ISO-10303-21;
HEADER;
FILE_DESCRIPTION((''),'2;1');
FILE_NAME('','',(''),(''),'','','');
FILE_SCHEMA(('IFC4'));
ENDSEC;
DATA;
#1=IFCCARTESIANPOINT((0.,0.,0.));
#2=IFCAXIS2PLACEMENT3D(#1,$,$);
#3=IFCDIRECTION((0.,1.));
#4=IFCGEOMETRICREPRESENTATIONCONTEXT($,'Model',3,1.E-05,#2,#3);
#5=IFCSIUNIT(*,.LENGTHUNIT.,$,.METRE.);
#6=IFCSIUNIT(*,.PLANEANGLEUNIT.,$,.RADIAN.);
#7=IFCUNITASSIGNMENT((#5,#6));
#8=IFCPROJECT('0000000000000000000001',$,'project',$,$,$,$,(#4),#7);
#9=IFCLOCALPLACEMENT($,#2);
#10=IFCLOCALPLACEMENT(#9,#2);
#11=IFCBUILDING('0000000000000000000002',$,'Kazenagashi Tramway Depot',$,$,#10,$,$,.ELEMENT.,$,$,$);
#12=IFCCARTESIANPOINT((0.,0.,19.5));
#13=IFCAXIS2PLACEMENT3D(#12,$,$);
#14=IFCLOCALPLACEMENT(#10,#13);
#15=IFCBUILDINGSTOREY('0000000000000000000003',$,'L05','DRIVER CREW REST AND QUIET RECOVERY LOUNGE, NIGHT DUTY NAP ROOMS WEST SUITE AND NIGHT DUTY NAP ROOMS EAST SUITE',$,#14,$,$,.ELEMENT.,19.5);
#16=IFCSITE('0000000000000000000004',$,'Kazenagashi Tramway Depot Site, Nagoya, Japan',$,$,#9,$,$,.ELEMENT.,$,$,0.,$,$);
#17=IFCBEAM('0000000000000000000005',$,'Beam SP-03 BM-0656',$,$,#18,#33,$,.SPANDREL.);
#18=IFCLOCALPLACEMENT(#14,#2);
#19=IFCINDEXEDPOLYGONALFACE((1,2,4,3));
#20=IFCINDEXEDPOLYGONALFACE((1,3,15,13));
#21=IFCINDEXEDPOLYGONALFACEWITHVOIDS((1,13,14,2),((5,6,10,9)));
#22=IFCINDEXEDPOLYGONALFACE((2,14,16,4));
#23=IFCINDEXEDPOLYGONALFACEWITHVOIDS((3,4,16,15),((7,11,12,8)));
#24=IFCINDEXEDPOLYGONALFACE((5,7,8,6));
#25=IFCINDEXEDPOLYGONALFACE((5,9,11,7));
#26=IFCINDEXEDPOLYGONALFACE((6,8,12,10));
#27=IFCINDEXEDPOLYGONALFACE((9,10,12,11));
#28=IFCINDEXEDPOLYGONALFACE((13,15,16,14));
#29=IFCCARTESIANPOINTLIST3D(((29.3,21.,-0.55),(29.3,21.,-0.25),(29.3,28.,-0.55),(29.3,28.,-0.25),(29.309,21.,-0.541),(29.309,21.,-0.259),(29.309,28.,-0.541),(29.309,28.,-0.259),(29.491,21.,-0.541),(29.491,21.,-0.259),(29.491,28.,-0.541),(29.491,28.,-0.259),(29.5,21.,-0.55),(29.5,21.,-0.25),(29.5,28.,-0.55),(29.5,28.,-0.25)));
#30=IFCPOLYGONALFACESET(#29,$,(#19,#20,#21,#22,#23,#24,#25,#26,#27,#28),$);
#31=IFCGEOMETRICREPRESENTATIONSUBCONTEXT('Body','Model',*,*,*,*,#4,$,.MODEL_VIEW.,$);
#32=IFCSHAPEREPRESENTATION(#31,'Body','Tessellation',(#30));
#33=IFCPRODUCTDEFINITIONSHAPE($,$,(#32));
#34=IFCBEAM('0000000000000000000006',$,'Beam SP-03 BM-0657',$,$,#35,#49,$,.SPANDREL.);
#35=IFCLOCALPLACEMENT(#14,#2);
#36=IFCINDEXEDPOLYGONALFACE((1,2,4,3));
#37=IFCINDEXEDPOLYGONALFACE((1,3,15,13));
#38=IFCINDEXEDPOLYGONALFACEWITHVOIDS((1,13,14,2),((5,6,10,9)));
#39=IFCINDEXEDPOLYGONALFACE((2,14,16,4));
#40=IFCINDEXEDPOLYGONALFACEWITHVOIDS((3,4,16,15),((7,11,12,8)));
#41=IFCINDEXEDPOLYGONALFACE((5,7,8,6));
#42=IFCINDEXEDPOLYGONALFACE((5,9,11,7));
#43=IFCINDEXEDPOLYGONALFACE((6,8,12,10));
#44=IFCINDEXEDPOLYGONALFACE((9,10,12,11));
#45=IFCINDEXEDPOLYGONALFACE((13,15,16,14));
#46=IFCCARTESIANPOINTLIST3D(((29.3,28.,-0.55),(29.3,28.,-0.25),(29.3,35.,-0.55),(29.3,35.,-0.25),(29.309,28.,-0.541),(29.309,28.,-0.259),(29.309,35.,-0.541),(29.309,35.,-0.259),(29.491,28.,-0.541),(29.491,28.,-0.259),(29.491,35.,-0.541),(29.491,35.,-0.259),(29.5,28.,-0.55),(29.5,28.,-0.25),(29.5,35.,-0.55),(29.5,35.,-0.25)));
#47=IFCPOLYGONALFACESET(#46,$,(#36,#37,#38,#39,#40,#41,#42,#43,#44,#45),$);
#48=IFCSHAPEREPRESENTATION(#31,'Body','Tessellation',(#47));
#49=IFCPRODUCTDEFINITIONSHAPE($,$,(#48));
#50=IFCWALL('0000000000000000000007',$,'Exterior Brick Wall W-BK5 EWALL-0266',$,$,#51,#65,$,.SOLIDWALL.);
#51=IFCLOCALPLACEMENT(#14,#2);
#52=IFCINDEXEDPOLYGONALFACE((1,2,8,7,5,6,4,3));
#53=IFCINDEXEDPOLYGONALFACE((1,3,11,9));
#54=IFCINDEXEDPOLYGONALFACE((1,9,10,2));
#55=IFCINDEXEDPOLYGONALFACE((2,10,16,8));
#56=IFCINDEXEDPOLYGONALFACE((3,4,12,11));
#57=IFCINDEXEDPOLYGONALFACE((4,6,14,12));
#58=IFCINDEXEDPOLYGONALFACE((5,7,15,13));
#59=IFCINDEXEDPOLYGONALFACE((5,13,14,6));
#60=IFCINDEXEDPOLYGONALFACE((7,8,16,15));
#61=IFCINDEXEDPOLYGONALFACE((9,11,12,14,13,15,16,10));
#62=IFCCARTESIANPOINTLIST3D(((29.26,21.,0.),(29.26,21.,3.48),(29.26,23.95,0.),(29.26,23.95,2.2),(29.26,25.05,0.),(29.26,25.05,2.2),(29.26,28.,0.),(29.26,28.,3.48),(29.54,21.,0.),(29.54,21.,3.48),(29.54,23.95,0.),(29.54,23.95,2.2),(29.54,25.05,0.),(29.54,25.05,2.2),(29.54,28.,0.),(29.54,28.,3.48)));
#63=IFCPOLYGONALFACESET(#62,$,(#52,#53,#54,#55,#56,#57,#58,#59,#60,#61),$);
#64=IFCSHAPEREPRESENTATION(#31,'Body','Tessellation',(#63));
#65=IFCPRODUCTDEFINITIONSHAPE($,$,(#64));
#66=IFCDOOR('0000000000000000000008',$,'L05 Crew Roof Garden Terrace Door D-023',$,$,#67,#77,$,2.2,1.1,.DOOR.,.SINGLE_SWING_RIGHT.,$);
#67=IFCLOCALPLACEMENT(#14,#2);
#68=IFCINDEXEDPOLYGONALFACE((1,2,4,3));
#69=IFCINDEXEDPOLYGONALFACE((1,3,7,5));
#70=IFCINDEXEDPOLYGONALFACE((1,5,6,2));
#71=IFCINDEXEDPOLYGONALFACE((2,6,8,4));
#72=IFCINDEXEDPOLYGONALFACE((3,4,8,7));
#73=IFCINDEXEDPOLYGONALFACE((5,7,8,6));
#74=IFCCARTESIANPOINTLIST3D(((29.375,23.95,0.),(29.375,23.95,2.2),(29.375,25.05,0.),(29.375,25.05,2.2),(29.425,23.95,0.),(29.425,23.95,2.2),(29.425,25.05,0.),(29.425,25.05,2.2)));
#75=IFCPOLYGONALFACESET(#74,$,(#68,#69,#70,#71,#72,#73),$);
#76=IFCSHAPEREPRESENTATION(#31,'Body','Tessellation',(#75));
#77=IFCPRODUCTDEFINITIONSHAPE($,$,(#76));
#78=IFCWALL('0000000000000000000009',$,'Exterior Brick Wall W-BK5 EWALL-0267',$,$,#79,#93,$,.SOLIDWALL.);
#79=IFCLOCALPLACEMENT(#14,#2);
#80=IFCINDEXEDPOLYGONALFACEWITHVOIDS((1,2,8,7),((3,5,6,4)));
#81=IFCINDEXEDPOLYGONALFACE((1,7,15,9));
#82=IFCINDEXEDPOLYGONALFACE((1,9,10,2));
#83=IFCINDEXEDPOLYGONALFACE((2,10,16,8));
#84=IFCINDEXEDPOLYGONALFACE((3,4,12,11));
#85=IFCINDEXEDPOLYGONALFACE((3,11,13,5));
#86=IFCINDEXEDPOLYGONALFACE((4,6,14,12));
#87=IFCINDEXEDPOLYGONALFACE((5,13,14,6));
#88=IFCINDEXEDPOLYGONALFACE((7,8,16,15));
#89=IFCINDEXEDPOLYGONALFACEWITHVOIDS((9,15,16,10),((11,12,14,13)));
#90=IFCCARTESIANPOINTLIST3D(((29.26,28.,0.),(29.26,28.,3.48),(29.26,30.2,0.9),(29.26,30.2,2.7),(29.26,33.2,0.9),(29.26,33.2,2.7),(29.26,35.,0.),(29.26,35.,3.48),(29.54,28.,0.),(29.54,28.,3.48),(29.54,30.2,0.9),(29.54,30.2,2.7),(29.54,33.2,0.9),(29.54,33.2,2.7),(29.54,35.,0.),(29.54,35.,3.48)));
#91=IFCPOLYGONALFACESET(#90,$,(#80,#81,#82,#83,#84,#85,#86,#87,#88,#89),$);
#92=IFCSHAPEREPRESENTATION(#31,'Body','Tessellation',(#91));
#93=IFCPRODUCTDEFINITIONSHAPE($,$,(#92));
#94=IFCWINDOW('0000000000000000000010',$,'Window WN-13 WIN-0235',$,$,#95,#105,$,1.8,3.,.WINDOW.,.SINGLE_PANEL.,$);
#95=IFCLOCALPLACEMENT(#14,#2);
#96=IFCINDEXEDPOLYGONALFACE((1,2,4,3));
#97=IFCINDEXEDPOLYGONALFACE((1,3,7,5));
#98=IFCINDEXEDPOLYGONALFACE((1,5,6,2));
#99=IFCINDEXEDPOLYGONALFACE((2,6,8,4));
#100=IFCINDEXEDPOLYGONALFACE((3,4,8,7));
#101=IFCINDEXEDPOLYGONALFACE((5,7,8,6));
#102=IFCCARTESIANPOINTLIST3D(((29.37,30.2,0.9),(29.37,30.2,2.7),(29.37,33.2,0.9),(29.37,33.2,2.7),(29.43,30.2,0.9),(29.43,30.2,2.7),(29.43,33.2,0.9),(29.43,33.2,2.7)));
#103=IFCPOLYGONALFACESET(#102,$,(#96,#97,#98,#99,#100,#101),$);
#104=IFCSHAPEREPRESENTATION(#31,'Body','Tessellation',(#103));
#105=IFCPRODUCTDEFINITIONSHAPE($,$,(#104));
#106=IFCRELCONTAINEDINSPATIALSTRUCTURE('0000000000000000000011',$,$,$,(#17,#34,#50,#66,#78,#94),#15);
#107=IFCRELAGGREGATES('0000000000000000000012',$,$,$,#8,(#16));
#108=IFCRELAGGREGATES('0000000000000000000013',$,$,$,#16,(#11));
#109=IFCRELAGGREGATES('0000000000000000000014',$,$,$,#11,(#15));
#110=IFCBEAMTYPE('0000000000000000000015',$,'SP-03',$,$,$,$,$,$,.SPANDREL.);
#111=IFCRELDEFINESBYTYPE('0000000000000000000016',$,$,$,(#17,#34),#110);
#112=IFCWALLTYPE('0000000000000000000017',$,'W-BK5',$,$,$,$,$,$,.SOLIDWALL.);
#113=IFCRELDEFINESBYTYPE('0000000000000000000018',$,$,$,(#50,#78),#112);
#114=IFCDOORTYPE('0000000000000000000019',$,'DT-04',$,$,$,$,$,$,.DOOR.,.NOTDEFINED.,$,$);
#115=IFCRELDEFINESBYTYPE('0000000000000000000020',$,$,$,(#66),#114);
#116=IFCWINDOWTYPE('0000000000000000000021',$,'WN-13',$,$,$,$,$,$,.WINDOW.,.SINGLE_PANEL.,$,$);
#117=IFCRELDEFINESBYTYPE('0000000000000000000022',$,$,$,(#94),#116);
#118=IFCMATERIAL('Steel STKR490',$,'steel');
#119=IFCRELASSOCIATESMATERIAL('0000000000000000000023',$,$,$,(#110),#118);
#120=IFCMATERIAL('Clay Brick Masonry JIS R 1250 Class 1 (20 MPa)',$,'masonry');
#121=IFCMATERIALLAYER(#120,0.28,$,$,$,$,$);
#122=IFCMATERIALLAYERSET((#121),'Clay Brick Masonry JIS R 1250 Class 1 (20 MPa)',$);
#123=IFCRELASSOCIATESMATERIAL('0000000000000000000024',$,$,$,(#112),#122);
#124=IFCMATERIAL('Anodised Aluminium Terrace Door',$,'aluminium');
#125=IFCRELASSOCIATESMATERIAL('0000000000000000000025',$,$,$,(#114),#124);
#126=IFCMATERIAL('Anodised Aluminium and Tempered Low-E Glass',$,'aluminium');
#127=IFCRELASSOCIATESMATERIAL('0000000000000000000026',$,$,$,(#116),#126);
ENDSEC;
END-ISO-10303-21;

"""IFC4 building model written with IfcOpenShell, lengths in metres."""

from ifc_helpers import new_model, si_unit, direction, frame, frame_2d, origin, origin_2d, place, context, subcontext, project, spatial, rectangle, hollow_rectangle, extrude, material, layer, layer_set, material_profile, profile_set, type_object, element, fill, save


model = new_model("IFC4")

# Units and contexts
model_context = context("Model", 3, precision=1e-05, world=origin(), true_north=direction((0.0, 1.0)))
body_context = subcontext(model_context, "Body", "Model", "MODEL_VIEW")
ifc_project = project(units=[si_unit("LENGTHUNIT", "METRE"), si_unit("PLANEANGLEUNIT", "RADIAN")], contexts=[model_context])

# Site, building, storey
site_placement = place(None, origin())
site = spatial("IfcSite", under=ifc_project, at=site_placement, Name="Kazenagashi Tramway Depot Site, Nagoya, Japan", CompositionType="ELEMENT", RefElevation=0.0)
building_placement = place(site_placement, origin())
building = spatial("IfcBuilding", under=site, at=building_placement, Name="Kazenagashi Tramway Depot", CompositionType="ELEMENT")
storey_placement = place(building_placement, frame((0.0, 0.0, 19.5)))
storey = spatial("IfcBuildingStorey", under=building, at=storey_placement, Name="L05", Description="DRIVER CREW REST AND QUIET RECOVERY LOUNGE, NIGHT DUTY NAP ROOMS WEST SUITE AND NIGHT DUTY NAP ROOMS EAST SUITE", CompositionType="ELEMENT", Elevation=19.5)

# Beams
ifc_material_1 = material(Name="Steel STKR490", Category="steel")
ifc_material_profile_1 = material_profile(ifc_material_1, hollow_rectangle(XDim=0.2, YDim=0.3, WallThickness=0.009, at=origin_2d()), Name="RHS-300x200x9")
ifc_profile_set_1 = profile_set([ifc_material_profile_1], Name="Steel STKR490")
beam_type_1 = type_object("IfcBeamType", Name="SP-03", PredefinedType="SPANDREL", material=ifc_profile_set_1)
for number, where, z_axis, x_axis, name in (
    (1, (29.4, 21.0, -0.4), (0.0, 1.0, 0.0), (-1.0, 0.0, 0.0), "Beam SP-03 BM-0656"),
    (2, (29.4, 28.0, -0.4), (0.0, 1.0, 0.0), (-1.0, 0.0, 0.0), "Beam SP-03 BM-0657"),
):
    element("IfcBeam", number, at=place(storey_placement, frame(where, z_axis=z_axis, x_axis=x_axis)), inside=storey, type_object=beam_type_1, Name=name, PredefinedType="SPANDREL", context=body_context, shape_type="SweptSolid", body=[
        extrude(hollow_rectangle(XDim=0.2, YDim=0.3, WallThickness=0.009, at=origin_2d()), origin(), (0.0, 0.0, 1.0), 7.0),
    ])

# Wall, opening, door
ifc_material_2 = material(Name="Clay Brick Masonry JIS R 1250 Class 1 (20 MPa)", Category="masonry")
ifc_layer = layer(ifc_material_2, 0.28)
ifc_layer_set = layer_set([ifc_layer], Name="Clay Brick Masonry JIS R 1250 Class 1 (20 MPa)")
wall_type = type_object("IfcWallType", Name="W-BK5", PredefinedType="SOLIDWALL", material=ifc_layer_set)
wall_1_placement = place(storey_placement, frame((29.4, 21.0, 0.0), z_axis=(0.0, 0.0, 1.0), x_axis=(0.0, 1.0, 0.0)))
wall_1 = element("IfcWall", 3, at=wall_1_placement, inside=storey, type_object=wall_type, Name="Exterior Brick Wall W-BK5 EWALL-0266", PredefinedType="SOLIDWALL", context=body_context, shape_type="SweptSolid", body=[
    extrude(rectangle(XDim=7.0, YDim=0.28, at=frame_2d((3.5, 0.0))), origin(), (0.0, 0.0, 1.0), 3.48),
])
opening_1_placement = place(wall_1_placement, frame((2.95, 0.0, 0.0)))
opening_1 = element("IfcOpeningElement", 4, at=opening_1_placement, cuts=wall_1, PredefinedType="OPENING", context=body_context, shape_type="SweptSolid", body=[
    extrude(rectangle(XDim=1.1, YDim=2.2, at=frame_2d((0.55, 1.1))), frame((0.0, 0.15, 0.0), z_axis=(0.0, -1.0, 0.0), x_axis=(1.0, 0.0, 0.0)), (0.0, 0.0, 1.0), 0.3),
])
ifc_material_3 = material(Name="Anodised Aluminium Terrace Door", Category="aluminium")
door_type = type_object("IfcDoorType", Name="DT-04", OperationType="NOTDEFINED", PredefinedType="DOOR", material=ifc_material_3)
door_placement = place(opening_1_placement, frame((1.1, 0.0, 0.0), z_axis=(0.0, 0.0, 1.0), x_axis=(-1.0, 0.0, 0.0)))
door = element("IfcDoor", 5, at=door_placement, inside=storey, type_object=door_type, Name="L05 Crew Roof Garden Terrace Door D-023", OperationType="SINGLE_SWING_RIGHT", OverallHeight=2.2, OverallWidth=1.1, PredefinedType="DOOR", context=body_context, shape_type="SweptSolid", body=[
    extrude(rectangle(XDim=1.1, YDim=2.2, at=frame_2d((0.55, 1.1))), frame((0.0, 0.025, 0.0), z_axis=(0.0, -1.0, 0.0), x_axis=(1.0, 0.0, 0.0)), (0.0, 0.0, 1.0), 0.05),
])
fill(opening_1, door)

# Wall, opening, window
wall_2_placement = place(storey_placement, frame((29.4, 28.0, 0.0), z_axis=(0.0, 0.0, 1.0), x_axis=(0.0, 1.0, 0.0)))
wall_2 = element("IfcWall", 6, at=wall_2_placement, inside=storey, type_object=wall_type, Name="Exterior Brick Wall W-BK5 EWALL-0267", PredefinedType="SOLIDWALL", context=body_context, shape_type="SweptSolid", body=[
    extrude(rectangle(XDim=7.0, YDim=0.28, at=frame_2d((3.5, 0.0))), origin(), (0.0, 0.0, 1.0), 3.48),
])
opening_2_placement = place(wall_2_placement, frame((2.2, 0.0, 0.9)))
opening_2 = element("IfcOpeningElement", 7, at=opening_2_placement, cuts=wall_2, PredefinedType="OPENING", context=body_context, shape_type="SweptSolid", body=[
    extrude(rectangle(XDim=3.0, YDim=1.8, at=frame_2d((1.5, 0.9))), frame((0.0, 0.15, 0.0), z_axis=(0.0, -1.0, 0.0), x_axis=(1.0, 0.0, 0.0)), (0.0, 0.0, 1.0), 0.3),
])
ifc_material_4 = material(Name="Anodised Aluminium and Tempered Low-E Glass", Category="aluminium")
window_type = type_object("IfcWindowType", Name="WN-13", PartitioningType="SINGLE_PANEL", PredefinedType="WINDOW", material=ifc_material_4)
window_placement = place(opening_2_placement, origin())
window = element("IfcWindow", 8, at=window_placement, inside=storey, type_object=window_type, Name="Window WN-13 WIN-0235", OverallHeight=1.8, OverallWidth=3.0, PartitioningType="SINGLE_PANEL", PredefinedType="WINDOW", context=body_context, shape_type="SweptSolid", body=[
    extrude(rectangle(XDim=3.0, YDim=1.8, at=frame_2d((1.5, 0.9))), frame((0.0, 0.03, 0.0), z_axis=(0.0, -1.0, 0.0), x_axis=(1.0, 0.0, 0.0)), (0.0, 0.0, 1.0), 0.06),
])
fill(opening_2, window)

save(model, "model.ifc")
